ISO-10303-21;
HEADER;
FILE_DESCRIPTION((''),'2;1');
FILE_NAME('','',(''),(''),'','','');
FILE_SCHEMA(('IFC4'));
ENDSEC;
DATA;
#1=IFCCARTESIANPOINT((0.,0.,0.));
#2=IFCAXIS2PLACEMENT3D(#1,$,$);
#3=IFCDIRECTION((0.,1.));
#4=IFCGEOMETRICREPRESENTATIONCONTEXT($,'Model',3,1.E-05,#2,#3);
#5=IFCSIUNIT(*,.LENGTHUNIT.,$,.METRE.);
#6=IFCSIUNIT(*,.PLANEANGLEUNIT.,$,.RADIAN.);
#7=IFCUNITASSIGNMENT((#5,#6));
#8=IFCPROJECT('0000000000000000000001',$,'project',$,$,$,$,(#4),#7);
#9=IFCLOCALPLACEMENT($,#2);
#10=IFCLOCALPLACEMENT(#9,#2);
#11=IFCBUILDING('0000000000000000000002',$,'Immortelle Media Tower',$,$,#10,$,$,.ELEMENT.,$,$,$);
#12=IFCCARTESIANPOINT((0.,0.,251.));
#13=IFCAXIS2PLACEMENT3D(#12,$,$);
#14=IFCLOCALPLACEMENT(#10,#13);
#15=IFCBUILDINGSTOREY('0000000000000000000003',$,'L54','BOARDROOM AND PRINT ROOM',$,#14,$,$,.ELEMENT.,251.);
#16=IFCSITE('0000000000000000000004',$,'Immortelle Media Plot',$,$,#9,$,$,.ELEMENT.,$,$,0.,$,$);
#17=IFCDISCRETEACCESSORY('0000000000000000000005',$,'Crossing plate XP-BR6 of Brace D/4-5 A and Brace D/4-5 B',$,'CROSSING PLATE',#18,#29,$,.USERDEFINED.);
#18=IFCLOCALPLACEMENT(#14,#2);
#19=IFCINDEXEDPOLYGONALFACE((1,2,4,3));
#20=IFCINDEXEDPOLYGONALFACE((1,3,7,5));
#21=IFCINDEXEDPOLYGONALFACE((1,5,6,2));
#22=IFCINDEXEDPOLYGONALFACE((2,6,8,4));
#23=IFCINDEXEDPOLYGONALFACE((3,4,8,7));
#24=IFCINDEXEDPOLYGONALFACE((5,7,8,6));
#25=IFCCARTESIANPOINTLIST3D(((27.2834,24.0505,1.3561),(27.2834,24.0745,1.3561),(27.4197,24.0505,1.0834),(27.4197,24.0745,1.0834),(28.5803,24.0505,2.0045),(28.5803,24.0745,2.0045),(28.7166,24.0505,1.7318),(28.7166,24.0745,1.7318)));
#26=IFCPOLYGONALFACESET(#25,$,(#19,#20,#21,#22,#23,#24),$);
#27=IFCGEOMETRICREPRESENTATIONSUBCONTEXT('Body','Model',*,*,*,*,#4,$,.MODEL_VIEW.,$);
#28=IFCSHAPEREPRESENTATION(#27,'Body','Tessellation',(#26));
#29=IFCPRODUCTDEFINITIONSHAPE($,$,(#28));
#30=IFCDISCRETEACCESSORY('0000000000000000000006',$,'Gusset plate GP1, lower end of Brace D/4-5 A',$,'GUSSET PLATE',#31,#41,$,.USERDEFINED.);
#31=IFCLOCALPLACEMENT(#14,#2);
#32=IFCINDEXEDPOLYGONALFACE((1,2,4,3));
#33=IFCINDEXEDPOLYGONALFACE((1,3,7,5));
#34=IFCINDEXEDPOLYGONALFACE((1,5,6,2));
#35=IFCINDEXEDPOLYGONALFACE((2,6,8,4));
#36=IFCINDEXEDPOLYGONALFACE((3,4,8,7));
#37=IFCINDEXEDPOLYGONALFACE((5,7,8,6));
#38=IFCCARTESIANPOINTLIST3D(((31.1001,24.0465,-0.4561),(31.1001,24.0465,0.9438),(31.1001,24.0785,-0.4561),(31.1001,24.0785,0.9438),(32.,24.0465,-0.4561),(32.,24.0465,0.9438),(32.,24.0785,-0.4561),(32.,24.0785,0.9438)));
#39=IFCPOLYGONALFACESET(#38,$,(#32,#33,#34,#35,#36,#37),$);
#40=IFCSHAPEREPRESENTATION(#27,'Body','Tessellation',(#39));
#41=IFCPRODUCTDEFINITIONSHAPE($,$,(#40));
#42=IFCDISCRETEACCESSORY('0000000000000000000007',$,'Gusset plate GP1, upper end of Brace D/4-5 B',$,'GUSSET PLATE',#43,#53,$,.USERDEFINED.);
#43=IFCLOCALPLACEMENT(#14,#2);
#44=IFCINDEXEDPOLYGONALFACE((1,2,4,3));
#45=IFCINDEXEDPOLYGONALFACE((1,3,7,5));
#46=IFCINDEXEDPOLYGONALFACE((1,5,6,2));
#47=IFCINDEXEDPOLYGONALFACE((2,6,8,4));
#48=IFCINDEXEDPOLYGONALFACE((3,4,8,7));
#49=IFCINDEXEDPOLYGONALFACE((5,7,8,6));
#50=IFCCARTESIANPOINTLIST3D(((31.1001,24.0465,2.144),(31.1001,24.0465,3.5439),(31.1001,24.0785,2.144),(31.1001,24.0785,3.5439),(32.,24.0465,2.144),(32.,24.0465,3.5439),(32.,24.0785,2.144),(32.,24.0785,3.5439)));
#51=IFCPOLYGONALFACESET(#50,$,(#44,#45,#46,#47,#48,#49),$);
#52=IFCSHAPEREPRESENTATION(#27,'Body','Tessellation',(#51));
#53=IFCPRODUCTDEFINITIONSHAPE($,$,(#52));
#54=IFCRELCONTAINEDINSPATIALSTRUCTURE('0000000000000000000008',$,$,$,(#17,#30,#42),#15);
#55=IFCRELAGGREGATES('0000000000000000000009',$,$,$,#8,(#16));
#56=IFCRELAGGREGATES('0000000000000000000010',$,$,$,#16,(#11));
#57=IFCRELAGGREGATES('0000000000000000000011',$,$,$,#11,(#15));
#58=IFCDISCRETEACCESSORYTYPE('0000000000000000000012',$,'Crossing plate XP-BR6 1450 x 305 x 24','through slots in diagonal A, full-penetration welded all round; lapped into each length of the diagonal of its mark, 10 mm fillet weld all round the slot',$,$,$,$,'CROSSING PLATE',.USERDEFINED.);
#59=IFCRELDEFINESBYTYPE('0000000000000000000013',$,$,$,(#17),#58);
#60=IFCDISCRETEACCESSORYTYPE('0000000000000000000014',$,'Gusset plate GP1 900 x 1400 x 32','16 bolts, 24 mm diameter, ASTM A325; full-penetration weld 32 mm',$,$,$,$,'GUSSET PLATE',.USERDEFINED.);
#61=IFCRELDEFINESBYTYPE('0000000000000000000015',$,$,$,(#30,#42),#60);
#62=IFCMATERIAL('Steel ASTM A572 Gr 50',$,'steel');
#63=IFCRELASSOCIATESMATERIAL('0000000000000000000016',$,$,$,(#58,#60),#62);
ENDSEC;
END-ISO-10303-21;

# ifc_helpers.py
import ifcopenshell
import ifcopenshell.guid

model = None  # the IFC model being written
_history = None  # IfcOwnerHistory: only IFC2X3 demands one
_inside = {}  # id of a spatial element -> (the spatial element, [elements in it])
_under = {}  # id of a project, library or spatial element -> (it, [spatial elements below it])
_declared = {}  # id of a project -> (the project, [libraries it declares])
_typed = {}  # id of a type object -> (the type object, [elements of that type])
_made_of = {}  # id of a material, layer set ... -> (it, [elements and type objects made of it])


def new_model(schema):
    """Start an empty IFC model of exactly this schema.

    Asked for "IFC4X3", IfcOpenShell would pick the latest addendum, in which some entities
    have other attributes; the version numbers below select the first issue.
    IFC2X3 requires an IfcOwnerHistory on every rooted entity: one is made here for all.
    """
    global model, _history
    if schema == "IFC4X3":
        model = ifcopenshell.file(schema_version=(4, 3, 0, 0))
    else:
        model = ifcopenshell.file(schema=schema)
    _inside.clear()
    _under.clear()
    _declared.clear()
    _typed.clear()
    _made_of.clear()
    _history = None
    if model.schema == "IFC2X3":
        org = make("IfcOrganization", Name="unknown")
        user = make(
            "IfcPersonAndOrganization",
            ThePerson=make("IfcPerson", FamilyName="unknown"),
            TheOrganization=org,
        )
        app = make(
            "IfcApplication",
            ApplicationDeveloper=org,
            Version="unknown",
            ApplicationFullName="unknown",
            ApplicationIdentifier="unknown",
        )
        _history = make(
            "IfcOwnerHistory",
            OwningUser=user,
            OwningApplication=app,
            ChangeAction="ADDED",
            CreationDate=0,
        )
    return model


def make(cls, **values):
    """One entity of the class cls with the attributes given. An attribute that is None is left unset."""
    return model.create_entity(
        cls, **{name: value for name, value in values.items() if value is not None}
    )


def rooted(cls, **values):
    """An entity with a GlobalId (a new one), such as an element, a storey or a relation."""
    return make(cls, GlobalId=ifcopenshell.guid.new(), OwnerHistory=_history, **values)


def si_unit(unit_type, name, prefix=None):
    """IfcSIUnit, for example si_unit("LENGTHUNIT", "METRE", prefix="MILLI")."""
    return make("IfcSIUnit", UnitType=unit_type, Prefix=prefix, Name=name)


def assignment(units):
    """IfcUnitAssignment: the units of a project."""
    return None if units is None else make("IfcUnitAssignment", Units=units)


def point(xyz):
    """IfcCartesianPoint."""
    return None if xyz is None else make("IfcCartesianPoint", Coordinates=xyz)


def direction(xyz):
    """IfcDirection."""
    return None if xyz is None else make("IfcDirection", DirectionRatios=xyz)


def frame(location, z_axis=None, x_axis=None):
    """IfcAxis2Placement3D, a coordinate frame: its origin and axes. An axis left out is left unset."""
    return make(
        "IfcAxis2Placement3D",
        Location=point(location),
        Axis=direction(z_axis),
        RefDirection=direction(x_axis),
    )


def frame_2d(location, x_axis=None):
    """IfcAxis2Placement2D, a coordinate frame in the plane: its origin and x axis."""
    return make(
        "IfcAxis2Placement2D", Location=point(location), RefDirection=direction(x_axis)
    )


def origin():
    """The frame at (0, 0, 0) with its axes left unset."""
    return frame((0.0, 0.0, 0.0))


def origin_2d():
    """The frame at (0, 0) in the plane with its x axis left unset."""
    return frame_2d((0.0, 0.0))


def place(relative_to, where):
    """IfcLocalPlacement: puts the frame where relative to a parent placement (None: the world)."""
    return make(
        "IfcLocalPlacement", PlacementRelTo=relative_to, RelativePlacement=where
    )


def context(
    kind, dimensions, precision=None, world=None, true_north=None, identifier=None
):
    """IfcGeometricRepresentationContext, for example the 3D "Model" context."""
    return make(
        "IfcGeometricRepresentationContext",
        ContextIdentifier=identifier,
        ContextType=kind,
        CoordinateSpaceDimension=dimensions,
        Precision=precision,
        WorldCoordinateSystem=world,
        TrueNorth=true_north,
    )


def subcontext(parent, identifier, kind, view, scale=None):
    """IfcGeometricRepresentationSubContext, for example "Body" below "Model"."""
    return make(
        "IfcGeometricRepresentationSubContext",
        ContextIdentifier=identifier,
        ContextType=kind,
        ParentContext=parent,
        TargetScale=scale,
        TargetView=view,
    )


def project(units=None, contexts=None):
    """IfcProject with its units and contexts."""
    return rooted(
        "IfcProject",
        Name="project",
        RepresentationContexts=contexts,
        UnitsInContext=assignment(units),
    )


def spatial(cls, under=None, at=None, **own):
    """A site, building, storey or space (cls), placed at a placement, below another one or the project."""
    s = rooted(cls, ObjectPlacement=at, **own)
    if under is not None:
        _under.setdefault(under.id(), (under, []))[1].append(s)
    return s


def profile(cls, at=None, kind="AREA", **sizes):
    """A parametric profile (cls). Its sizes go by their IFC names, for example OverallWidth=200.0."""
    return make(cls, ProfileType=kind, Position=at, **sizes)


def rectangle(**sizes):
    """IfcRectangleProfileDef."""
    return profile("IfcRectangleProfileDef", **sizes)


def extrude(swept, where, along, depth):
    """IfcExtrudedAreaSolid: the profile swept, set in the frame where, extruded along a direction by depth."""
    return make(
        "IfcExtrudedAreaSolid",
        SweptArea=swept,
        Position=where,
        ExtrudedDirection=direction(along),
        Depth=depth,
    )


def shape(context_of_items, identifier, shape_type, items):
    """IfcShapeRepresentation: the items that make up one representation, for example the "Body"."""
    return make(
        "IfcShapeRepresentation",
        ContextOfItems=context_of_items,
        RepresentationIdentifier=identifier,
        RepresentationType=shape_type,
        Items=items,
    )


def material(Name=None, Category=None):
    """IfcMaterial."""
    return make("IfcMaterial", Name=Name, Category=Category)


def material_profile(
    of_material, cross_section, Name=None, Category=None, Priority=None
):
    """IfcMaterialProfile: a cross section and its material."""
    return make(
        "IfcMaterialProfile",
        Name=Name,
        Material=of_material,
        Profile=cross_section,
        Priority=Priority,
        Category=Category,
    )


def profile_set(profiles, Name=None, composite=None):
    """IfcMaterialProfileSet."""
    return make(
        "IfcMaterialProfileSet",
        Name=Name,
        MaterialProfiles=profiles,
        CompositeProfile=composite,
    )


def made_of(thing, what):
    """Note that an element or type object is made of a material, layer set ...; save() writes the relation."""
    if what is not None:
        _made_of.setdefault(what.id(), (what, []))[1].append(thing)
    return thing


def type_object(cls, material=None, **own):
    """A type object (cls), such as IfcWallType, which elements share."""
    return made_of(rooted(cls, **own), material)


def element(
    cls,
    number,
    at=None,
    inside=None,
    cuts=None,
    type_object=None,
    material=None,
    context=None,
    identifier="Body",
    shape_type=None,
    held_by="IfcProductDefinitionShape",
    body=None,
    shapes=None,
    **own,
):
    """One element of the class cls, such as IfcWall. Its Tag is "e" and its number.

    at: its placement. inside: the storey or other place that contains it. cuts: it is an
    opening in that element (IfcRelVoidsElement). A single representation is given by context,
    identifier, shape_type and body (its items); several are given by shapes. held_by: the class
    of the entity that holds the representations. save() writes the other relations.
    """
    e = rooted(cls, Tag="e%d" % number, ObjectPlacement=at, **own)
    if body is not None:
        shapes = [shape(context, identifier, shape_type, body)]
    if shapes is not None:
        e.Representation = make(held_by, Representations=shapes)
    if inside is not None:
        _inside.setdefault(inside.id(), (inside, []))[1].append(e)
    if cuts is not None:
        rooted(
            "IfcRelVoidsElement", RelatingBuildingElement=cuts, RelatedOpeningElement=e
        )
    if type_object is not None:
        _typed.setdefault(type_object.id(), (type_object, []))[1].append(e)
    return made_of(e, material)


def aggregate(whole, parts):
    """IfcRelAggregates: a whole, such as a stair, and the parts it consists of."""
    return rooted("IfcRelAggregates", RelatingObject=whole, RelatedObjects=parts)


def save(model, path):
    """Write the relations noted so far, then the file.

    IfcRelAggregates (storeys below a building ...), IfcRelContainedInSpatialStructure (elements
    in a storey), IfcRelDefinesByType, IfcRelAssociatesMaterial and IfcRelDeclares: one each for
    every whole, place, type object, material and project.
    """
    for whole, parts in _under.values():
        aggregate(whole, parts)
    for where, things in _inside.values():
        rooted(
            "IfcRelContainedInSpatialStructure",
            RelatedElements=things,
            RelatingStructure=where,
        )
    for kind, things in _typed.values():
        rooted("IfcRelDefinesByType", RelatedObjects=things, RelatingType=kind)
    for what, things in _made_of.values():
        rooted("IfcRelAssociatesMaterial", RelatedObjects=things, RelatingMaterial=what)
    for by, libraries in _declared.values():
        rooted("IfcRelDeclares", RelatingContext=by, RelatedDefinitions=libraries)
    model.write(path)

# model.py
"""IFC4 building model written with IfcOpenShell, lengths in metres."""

from ifc_helpers import new_model, si_unit, direction, frame, origin, origin_2d, place, context, subcontext, project, spatial, rectangle, extrude, material, material_profile, profile_set, type_object, element, save


model = new_model("IFC4")

# Units and contexts
model_context = context("Model", 3, precision=1e-05, world=origin(), true_north=direction((0.0, 1.0)))
body_context = subcontext(model_context, "Body", "Model", "MODEL_VIEW")
ifc_project = project(units=[si_unit("LENGTHUNIT", "METRE"), si_unit("PLANEANGLEUNIT", "RADIAN")], contexts=[model_context])

# Site, building, storey
site_placement = place(None, origin())
site = spatial("IfcSite", under=ifc_project, at=site_placement, Name="Immortelle Media Plot", CompositionType="ELEMENT", RefElevation=0.0)
building_placement = place(site_placement, origin())
building = spatial("IfcBuilding", under=site, at=building_placement, Name="Immortelle Media Tower", CompositionType="ELEMENT")
storey_placement = place(building_placement, frame((0.0, 0.0, 251.0)))
storey = spatial("IfcBuildingStorey", under=building, at=storey_placement, Name="L54", Description="BOARDROOM AND PRINT ROOM", CompositionType="ELEMENT", Elevation=251.0)

# Discrete accessories
ifc_material_1 = material(Name="Steel ASTM A572 Gr 50", Category="steel")
ifc_material_profile_1 = material_profile(ifc_material_1, rectangle(XDim=0.0239, YDim=0.3049, at=origin_2d()), Name="PL 24 x 305")
ifc_profile_set_1 = profile_set([ifc_material_profile_1], Name="Steel ASTM A572 Gr 50")
discrete_accessory_type_1 = type_object("IfcDiscreteAccessoryType", Name="Crossing plate XP-BR6 1450 x 305 x 24", Description="through slots in diagonal A, full-penetration welded all round; lapped into each length of the diagonal of its mark, 10 mm fillet weld all round the slot", ElementType="CROSSING PLATE", PredefinedType="USERDEFINED", material=ifc_profile_set_1)
discrete_accessory_placement = place(storey_placement, frame((28.6484, 24.0625, 1.8682), z_axis=(-0.894427, 0.0, -0.447214), x_axis=(0.0, -1.0, 0.0)))
element("IfcDiscreteAccessory", 1, at=discrete_accessory_placement, inside=storey, type_object=discrete_accessory_type_1, Name="Crossing plate XP-BR6 of Brace D/4-5 A and Brace D/4-5 B", ObjectType="CROSSING PLATE", PredefinedType="USERDEFINED", context=body_context, shape_type="SweptSolid", body=[
    extrude(rectangle(XDim=0.0239, YDim=0.3049, at=origin_2d()), origin(), (0.0, 0.0, 1.0), 1.45),
])
ifc_material_profile_2 = material_profile(ifc_material_1, rectangle(XDim=0.032, YDim=1.3999, at=origin_2d()), Name="PL 32 x 1400")
ifc_profile_set_2 = profile_set([ifc_material_profile_2], Name="Steel ASTM A572 Gr 50")
discrete_accessory_type_2 = type_object("IfcDiscreteAccessoryType", Name="Gusset plate GP1 900 x 1400 x 32", Description="16 bolts, 24 mm diameter, ASTM A325; full-penetration weld 32 mm", ElementType="GUSSET PLATE", PredefinedType="USERDEFINED", material=ifc_profile_set_2)
for number, where, z_axis, x_axis, name in (
    (2, (32.0, 24.0625, 0.2439), (-1.0, 0.0, 0.0), (0.0, -1.0, 0.0), "Gusset plate GP1, lower end of Brace D/4-5 A"),
    (3, (32.0, 24.0625, 2.844), (-1.0, 0.0, 0.0), (0.0, -1.0, 0.0), "Gusset plate GP1, upper end of Brace D/4-5 B"),
):
    element("IfcDiscreteAccessory", number, at=place(storey_placement, frame(where, z_axis=z_axis, x_axis=x_axis)), inside=storey, type_object=discrete_accessory_type_2, Name=name, ObjectType="GUSSET PLATE", PredefinedType="USERDEFINED", context=body_context, shape_type="SweptSolid", body=[
        extrude(rectangle(XDim=0.032, YDim=1.3999, at=origin_2d()), origin(), (0.0, 0.0, 1.0), 0.8999),
    ])

save(model, "model.ifc")
